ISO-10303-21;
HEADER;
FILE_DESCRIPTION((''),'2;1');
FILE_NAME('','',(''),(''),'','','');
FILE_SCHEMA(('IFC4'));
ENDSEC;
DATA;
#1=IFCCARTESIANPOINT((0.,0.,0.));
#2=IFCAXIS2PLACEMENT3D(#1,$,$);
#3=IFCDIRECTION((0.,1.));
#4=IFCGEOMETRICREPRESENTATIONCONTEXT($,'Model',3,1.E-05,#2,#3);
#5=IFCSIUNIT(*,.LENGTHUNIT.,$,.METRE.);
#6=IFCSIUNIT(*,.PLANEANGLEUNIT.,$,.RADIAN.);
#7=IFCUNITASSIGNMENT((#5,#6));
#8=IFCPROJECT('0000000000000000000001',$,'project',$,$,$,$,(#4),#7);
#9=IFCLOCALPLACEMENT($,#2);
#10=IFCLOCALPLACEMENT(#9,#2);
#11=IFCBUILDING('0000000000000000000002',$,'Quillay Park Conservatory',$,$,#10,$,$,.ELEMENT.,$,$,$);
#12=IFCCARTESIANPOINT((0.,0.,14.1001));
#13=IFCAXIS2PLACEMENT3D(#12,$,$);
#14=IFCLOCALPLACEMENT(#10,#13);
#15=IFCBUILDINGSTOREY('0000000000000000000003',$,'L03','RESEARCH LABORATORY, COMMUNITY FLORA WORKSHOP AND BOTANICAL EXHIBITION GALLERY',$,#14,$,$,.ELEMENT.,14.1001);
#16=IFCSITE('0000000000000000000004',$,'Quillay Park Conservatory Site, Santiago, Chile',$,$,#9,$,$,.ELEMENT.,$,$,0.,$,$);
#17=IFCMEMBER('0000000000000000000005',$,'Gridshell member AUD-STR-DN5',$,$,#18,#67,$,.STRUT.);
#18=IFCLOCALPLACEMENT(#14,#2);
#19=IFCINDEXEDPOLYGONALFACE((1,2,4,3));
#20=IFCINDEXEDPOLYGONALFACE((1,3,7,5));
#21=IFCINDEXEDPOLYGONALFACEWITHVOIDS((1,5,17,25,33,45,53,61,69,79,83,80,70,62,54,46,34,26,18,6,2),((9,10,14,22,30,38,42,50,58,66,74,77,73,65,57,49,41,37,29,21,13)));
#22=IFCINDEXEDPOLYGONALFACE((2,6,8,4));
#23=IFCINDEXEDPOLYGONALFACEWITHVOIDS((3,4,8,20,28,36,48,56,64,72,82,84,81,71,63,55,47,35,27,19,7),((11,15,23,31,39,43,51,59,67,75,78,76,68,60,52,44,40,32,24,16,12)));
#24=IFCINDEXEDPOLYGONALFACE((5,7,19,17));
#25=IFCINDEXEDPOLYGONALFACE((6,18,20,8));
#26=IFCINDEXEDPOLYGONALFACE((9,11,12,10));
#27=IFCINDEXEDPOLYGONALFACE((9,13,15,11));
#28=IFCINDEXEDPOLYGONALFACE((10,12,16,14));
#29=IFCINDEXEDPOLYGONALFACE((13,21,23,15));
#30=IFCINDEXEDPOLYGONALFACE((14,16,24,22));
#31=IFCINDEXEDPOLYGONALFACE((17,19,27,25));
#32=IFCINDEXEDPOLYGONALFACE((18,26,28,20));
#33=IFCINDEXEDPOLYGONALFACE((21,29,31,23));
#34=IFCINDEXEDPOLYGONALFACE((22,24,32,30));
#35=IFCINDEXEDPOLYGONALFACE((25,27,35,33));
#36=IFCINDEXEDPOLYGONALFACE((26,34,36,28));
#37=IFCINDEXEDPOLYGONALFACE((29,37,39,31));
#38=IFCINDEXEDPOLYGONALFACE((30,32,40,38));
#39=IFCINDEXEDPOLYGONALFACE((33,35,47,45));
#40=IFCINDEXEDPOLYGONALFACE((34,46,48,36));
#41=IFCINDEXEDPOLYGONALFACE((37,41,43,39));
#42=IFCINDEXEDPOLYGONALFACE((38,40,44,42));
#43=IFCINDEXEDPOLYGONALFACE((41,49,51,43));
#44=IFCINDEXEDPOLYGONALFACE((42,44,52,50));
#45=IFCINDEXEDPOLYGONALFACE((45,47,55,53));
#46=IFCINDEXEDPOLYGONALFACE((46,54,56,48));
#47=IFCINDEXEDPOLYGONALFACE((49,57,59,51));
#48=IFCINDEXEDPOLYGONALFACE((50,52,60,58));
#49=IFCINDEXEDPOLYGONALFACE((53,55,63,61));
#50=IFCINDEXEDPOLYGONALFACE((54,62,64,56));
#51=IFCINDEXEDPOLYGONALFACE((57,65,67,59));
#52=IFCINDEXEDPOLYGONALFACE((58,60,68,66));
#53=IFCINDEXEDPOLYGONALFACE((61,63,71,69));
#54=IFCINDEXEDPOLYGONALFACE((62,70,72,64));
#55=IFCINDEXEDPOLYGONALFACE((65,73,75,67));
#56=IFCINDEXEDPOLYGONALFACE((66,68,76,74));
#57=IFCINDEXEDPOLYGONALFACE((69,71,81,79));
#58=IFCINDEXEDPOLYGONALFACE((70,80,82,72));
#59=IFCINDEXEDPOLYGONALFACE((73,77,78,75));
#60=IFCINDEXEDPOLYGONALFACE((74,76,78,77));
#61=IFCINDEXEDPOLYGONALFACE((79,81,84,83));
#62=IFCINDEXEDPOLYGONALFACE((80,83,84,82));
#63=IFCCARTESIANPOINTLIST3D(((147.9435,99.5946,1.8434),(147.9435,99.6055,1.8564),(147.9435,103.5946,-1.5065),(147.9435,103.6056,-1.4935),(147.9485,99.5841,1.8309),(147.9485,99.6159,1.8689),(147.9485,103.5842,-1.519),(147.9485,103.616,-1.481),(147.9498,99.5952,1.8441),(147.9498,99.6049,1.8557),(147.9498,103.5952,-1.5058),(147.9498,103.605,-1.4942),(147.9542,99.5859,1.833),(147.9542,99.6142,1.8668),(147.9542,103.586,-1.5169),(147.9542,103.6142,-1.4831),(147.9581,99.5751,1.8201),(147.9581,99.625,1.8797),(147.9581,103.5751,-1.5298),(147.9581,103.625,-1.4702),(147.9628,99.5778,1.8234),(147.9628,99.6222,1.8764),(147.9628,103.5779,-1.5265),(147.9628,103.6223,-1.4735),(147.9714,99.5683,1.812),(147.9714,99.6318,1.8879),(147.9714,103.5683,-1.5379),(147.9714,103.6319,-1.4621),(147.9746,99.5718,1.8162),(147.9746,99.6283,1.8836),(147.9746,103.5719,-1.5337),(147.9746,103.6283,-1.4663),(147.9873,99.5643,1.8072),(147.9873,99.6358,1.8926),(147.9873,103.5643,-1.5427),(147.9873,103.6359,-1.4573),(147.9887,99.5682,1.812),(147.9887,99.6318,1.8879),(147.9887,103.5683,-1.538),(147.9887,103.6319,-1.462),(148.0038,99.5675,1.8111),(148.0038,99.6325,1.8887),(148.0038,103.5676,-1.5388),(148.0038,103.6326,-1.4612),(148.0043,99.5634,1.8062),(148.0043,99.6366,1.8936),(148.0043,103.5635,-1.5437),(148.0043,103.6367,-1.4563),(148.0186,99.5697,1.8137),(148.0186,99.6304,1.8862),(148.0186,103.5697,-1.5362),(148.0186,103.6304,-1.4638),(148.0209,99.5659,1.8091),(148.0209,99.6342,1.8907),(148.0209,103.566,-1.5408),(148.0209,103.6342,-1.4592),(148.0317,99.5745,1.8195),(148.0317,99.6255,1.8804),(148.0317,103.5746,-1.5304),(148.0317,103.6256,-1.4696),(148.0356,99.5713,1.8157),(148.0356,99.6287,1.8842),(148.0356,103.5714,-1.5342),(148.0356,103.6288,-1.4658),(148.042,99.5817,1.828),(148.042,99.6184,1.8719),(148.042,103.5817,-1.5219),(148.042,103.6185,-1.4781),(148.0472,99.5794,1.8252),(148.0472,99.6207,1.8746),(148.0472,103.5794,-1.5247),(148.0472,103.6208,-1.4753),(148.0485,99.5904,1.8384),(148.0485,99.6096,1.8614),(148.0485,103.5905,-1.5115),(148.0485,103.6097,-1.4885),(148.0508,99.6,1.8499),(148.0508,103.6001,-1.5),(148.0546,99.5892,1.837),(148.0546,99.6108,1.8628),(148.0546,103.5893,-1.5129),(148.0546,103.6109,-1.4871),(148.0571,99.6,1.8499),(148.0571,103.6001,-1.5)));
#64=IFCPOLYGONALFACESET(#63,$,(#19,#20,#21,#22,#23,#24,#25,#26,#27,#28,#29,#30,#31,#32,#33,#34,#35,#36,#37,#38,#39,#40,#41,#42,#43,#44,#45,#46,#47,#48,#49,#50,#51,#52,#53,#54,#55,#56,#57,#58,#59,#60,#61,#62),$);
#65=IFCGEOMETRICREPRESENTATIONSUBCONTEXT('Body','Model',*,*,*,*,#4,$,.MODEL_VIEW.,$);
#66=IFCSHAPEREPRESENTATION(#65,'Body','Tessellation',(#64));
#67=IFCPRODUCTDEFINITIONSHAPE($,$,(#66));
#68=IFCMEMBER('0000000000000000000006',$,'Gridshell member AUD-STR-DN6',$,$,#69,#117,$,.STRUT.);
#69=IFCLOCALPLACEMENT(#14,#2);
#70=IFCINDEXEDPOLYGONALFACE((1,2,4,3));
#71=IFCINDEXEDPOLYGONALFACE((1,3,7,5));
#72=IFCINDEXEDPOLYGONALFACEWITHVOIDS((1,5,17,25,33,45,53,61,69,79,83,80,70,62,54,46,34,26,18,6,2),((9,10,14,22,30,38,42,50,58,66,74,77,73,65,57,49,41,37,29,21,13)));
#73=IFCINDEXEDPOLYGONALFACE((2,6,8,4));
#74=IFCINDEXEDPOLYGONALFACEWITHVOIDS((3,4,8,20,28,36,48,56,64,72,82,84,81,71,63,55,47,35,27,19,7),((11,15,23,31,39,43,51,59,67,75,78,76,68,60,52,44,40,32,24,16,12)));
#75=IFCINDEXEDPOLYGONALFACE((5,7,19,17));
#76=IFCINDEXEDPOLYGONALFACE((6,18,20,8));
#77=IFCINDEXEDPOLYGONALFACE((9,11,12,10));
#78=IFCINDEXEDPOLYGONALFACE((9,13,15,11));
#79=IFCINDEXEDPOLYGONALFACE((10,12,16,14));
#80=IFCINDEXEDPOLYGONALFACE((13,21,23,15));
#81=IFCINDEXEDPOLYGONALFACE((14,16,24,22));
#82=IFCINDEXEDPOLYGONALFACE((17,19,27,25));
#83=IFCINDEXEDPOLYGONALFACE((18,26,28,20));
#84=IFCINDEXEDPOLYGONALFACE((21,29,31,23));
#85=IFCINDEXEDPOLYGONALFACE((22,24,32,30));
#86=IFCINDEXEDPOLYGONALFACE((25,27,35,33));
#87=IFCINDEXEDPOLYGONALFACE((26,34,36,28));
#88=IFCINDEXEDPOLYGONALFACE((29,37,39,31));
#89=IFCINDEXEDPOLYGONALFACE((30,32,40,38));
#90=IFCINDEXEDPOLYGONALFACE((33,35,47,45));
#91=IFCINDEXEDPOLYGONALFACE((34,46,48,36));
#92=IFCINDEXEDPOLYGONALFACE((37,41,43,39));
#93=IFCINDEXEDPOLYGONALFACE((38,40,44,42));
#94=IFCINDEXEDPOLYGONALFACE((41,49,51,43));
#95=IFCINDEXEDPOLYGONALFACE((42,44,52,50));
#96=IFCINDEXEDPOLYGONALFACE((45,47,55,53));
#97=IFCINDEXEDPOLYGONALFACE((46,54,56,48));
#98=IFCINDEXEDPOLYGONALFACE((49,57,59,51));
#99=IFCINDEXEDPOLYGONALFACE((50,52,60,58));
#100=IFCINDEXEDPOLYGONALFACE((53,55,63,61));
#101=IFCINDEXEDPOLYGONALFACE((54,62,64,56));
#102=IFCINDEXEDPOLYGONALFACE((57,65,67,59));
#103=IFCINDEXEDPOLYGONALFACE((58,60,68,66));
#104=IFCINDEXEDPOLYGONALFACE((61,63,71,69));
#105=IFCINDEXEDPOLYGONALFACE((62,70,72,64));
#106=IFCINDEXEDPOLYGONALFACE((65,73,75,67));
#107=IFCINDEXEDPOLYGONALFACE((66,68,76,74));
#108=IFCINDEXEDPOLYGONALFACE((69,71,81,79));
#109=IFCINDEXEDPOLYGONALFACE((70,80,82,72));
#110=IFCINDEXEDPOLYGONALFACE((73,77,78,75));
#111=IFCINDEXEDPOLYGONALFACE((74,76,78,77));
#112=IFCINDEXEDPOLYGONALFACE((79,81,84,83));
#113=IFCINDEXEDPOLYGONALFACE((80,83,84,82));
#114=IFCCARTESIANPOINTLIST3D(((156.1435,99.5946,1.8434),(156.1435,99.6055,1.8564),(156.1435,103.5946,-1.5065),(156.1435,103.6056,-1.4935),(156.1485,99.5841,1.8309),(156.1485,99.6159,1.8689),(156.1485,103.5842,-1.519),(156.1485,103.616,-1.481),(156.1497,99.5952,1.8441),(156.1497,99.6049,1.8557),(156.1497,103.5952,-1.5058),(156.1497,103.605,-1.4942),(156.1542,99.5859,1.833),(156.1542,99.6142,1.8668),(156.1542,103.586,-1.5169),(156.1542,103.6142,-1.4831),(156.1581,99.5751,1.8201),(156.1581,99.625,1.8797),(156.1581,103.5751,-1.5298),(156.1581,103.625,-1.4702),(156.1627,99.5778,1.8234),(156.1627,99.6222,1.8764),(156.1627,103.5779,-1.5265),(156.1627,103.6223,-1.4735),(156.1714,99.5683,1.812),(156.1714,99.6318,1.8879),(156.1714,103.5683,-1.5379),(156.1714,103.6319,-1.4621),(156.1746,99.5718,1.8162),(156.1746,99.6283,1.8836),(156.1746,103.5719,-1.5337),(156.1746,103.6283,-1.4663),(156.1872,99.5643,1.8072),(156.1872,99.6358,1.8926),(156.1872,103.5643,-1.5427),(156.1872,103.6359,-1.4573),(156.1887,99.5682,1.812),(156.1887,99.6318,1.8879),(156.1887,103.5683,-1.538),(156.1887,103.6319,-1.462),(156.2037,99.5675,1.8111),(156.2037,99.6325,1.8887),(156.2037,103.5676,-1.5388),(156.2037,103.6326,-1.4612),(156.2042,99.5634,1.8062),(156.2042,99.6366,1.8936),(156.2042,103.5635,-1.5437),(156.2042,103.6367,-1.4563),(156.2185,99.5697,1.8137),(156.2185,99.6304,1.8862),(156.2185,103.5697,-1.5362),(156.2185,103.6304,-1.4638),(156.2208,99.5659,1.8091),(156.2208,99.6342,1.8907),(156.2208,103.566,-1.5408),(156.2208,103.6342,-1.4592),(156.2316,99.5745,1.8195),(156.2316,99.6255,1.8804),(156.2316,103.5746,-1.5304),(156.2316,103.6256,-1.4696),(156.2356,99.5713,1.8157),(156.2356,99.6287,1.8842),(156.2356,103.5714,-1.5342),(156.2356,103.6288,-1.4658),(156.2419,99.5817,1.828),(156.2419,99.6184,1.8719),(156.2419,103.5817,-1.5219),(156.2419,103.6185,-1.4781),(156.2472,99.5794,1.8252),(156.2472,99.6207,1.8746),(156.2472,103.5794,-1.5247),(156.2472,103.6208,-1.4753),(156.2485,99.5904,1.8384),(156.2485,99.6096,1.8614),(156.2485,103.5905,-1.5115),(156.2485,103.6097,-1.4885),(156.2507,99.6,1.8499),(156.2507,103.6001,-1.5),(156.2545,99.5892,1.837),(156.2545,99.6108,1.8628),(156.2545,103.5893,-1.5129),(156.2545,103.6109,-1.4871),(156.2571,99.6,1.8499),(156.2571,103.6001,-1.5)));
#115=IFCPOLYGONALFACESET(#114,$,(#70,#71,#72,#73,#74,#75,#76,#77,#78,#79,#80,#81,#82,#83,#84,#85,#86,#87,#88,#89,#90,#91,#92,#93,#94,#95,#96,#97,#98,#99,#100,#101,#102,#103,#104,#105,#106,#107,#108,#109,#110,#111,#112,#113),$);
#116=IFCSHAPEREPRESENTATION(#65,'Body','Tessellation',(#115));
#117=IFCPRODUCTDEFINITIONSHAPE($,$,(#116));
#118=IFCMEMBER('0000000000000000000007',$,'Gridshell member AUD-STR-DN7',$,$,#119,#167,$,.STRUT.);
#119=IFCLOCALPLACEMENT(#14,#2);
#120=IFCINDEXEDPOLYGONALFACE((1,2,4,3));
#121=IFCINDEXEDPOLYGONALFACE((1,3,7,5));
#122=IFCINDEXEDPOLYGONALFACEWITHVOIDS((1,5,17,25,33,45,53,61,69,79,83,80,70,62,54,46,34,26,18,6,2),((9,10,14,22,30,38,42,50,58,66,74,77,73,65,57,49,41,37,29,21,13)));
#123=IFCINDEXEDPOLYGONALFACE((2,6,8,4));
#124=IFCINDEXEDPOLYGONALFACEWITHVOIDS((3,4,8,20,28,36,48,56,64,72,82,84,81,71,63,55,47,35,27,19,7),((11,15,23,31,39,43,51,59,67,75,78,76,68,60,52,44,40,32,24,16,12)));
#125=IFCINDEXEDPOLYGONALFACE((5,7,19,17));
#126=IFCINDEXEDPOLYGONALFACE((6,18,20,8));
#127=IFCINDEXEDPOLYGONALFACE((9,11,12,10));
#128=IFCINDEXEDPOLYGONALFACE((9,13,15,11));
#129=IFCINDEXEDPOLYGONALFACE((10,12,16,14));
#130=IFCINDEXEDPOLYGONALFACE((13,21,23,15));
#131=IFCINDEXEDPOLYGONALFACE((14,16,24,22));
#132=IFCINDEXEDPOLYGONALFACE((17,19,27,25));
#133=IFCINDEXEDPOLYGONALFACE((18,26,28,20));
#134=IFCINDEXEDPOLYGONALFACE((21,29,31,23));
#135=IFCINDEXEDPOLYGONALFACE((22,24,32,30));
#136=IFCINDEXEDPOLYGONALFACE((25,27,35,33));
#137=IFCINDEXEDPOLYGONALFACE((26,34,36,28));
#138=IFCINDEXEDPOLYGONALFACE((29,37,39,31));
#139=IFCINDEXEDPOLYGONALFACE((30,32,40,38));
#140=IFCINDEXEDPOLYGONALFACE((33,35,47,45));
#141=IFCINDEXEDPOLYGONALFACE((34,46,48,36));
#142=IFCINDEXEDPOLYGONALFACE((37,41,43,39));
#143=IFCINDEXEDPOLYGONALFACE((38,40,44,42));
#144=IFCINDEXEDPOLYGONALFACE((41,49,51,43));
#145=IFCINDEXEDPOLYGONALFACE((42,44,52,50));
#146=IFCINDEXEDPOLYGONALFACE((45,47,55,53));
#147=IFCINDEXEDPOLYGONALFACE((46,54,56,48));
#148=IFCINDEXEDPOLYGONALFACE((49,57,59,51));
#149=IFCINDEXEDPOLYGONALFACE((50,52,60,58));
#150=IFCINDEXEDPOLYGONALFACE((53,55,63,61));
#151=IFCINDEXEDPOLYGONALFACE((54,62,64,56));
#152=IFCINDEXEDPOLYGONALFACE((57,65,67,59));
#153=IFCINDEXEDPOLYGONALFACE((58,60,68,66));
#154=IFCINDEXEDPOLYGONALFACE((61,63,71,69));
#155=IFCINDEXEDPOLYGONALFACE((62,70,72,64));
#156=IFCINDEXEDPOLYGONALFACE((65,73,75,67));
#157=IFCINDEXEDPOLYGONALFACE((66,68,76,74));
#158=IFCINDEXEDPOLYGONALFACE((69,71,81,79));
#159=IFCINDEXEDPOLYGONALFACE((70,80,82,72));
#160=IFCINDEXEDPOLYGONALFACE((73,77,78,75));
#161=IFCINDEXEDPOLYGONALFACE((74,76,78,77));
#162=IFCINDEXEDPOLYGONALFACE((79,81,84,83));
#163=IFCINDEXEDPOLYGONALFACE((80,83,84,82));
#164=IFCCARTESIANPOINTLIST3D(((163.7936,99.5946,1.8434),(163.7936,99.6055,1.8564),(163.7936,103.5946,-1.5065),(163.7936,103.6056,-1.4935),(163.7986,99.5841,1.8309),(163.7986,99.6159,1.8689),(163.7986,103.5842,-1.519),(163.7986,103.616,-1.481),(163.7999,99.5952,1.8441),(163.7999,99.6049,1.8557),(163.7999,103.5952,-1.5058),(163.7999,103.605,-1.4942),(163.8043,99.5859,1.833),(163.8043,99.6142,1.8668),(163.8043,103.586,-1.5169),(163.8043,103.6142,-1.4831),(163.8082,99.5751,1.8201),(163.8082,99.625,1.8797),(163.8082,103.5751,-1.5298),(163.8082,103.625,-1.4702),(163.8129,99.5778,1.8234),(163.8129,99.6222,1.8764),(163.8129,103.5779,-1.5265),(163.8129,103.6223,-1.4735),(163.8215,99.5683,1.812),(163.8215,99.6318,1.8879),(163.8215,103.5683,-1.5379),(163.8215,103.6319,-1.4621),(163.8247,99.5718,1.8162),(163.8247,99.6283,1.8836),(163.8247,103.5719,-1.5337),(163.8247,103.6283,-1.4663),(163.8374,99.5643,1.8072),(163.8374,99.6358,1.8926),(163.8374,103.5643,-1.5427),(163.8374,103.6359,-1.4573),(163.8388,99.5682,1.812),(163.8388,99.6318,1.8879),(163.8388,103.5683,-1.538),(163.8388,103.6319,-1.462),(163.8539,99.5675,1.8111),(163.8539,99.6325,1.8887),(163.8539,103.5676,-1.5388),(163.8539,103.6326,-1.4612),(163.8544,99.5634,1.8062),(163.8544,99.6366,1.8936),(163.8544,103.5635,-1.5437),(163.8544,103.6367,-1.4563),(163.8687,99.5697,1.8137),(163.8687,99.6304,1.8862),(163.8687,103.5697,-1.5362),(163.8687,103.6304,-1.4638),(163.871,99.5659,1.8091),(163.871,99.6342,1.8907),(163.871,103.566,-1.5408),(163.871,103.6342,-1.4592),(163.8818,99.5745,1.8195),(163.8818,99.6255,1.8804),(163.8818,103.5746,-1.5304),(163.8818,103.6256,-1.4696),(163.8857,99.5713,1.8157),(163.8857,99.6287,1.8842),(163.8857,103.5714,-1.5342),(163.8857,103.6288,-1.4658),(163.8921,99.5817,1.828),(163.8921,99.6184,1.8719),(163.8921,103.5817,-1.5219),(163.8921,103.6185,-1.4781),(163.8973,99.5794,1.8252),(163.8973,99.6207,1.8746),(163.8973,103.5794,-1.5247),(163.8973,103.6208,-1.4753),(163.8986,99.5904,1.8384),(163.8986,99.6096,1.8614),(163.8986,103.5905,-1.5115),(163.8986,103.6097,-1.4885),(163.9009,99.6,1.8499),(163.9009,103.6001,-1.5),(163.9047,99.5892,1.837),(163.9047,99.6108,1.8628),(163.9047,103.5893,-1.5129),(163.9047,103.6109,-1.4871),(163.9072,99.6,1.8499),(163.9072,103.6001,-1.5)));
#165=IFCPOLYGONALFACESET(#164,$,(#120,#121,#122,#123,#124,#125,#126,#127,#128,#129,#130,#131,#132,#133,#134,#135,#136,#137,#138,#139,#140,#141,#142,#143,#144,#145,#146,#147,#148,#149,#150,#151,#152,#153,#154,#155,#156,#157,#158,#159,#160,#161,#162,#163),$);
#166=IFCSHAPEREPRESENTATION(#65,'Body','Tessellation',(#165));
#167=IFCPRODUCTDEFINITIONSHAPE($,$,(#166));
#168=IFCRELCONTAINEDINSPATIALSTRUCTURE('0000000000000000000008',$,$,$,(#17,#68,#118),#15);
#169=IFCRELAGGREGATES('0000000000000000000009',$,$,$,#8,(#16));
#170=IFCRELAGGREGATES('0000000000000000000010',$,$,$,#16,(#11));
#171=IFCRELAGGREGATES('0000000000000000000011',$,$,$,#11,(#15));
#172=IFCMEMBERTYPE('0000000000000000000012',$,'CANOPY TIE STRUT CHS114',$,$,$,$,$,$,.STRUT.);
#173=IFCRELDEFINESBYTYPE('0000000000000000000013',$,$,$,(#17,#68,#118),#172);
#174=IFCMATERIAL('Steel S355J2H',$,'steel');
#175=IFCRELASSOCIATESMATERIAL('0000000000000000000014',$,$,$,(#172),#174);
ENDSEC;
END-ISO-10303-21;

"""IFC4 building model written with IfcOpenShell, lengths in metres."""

from ifc_helpers import new_model, si_unit, direction, frame, origin, origin_2d, place, context, subcontext, project, spatial, hollow_circle, extrude, material, material_profile, profile_set, type_object, element, save


model = new_model("IFC4")

# Units and contexts
model_context = context("Model", 3, precision=1e-05, world=origin(), true_north=direction((0.0, 1.0)))
body_context = subcontext(model_context, "Body", "Model", "MODEL_VIEW")
ifc_project = project(units=[si_unit("LENGTHUNIT", "METRE"), si_unit("PLANEANGLEUNIT", "RADIAN")], contexts=[model_context])

# Site, building, storey
site_placement = place(None, origin())
site = spatial("IfcSite", under=ifc_project, at=site_placement, Name="Quillay Park Conservatory Site, Santiago, Chile", CompositionType="ELEMENT", RefElevation=0.0)
building_placement = place(site_placement, origin())
building = spatial("IfcBuilding", under=site, at=building_placement, Name="Quillay Park Conservatory", CompositionType="ELEMENT")
storey_placement = place(building_placement, frame((0.0, 0.0, 14.1001)))
storey = spatial("IfcBuildingStorey", under=building, at=storey_placement, Name="L03", Description="RESEARCH LABORATORY, COMMUNITY FLORA WORKSHOP AND BOTANICAL EXHIBITION GALLERY", CompositionType="ELEMENT", Elevation=14.1001)

# Members
ifc_material_1 = material(Name="Steel S355J2H", Category="steel")
ifc_material_profile_1 = material_profile(ifc_material_1, hollow_circle(Radius=0.0571, WallThickness=0.0063, at=origin_2d()), Name="CHS114.3x6.3")
ifc_profile_set_1 = profile_set([ifc_material_profile_1], Name="Steel S355J2H")
member_type_1 = type_object("IfcMemberType", Name="CANOPY TIE STRUT CHS114", PredefinedType="STRUT", material=ifc_profile_set_1)
for number, where, z_axis, x_axis, name in (
    (1, (148.0, 103.6001, -1.5), (0.0, -0.766662, 0.642051), (1.0, 0.0, 0.0), "Gridshell member AUD-STR-DN5"),
    (2, (156.2, 103.6001, -1.5), (0.0, -0.766662, 0.642051), (1.0, 0.0, 0.0), "Gridshell member AUD-STR-DN6"),
    (3, (163.8501, 103.6001, -1.5), (0.0, -0.766662, 0.642051), (1.0, 0.0, 0.0), "Gridshell member AUD-STR-DN7"),
):
    element("IfcMember", number, at=place(storey_placement, frame(where, z_axis=z_axis, x_axis=x_axis)), inside=storey, type_object=member_type_1, Name=name, PredefinedType="STRUT", context=body_context, shape_type="SweptSolid", body=[
        extrude(hollow_circle(Radius=0.0571, WallThickness=0.0063, at=origin_2d()), origin(), (0.0, 0.0, 1.0), 5.2175),
    ])

save(model, "model.ifc")
